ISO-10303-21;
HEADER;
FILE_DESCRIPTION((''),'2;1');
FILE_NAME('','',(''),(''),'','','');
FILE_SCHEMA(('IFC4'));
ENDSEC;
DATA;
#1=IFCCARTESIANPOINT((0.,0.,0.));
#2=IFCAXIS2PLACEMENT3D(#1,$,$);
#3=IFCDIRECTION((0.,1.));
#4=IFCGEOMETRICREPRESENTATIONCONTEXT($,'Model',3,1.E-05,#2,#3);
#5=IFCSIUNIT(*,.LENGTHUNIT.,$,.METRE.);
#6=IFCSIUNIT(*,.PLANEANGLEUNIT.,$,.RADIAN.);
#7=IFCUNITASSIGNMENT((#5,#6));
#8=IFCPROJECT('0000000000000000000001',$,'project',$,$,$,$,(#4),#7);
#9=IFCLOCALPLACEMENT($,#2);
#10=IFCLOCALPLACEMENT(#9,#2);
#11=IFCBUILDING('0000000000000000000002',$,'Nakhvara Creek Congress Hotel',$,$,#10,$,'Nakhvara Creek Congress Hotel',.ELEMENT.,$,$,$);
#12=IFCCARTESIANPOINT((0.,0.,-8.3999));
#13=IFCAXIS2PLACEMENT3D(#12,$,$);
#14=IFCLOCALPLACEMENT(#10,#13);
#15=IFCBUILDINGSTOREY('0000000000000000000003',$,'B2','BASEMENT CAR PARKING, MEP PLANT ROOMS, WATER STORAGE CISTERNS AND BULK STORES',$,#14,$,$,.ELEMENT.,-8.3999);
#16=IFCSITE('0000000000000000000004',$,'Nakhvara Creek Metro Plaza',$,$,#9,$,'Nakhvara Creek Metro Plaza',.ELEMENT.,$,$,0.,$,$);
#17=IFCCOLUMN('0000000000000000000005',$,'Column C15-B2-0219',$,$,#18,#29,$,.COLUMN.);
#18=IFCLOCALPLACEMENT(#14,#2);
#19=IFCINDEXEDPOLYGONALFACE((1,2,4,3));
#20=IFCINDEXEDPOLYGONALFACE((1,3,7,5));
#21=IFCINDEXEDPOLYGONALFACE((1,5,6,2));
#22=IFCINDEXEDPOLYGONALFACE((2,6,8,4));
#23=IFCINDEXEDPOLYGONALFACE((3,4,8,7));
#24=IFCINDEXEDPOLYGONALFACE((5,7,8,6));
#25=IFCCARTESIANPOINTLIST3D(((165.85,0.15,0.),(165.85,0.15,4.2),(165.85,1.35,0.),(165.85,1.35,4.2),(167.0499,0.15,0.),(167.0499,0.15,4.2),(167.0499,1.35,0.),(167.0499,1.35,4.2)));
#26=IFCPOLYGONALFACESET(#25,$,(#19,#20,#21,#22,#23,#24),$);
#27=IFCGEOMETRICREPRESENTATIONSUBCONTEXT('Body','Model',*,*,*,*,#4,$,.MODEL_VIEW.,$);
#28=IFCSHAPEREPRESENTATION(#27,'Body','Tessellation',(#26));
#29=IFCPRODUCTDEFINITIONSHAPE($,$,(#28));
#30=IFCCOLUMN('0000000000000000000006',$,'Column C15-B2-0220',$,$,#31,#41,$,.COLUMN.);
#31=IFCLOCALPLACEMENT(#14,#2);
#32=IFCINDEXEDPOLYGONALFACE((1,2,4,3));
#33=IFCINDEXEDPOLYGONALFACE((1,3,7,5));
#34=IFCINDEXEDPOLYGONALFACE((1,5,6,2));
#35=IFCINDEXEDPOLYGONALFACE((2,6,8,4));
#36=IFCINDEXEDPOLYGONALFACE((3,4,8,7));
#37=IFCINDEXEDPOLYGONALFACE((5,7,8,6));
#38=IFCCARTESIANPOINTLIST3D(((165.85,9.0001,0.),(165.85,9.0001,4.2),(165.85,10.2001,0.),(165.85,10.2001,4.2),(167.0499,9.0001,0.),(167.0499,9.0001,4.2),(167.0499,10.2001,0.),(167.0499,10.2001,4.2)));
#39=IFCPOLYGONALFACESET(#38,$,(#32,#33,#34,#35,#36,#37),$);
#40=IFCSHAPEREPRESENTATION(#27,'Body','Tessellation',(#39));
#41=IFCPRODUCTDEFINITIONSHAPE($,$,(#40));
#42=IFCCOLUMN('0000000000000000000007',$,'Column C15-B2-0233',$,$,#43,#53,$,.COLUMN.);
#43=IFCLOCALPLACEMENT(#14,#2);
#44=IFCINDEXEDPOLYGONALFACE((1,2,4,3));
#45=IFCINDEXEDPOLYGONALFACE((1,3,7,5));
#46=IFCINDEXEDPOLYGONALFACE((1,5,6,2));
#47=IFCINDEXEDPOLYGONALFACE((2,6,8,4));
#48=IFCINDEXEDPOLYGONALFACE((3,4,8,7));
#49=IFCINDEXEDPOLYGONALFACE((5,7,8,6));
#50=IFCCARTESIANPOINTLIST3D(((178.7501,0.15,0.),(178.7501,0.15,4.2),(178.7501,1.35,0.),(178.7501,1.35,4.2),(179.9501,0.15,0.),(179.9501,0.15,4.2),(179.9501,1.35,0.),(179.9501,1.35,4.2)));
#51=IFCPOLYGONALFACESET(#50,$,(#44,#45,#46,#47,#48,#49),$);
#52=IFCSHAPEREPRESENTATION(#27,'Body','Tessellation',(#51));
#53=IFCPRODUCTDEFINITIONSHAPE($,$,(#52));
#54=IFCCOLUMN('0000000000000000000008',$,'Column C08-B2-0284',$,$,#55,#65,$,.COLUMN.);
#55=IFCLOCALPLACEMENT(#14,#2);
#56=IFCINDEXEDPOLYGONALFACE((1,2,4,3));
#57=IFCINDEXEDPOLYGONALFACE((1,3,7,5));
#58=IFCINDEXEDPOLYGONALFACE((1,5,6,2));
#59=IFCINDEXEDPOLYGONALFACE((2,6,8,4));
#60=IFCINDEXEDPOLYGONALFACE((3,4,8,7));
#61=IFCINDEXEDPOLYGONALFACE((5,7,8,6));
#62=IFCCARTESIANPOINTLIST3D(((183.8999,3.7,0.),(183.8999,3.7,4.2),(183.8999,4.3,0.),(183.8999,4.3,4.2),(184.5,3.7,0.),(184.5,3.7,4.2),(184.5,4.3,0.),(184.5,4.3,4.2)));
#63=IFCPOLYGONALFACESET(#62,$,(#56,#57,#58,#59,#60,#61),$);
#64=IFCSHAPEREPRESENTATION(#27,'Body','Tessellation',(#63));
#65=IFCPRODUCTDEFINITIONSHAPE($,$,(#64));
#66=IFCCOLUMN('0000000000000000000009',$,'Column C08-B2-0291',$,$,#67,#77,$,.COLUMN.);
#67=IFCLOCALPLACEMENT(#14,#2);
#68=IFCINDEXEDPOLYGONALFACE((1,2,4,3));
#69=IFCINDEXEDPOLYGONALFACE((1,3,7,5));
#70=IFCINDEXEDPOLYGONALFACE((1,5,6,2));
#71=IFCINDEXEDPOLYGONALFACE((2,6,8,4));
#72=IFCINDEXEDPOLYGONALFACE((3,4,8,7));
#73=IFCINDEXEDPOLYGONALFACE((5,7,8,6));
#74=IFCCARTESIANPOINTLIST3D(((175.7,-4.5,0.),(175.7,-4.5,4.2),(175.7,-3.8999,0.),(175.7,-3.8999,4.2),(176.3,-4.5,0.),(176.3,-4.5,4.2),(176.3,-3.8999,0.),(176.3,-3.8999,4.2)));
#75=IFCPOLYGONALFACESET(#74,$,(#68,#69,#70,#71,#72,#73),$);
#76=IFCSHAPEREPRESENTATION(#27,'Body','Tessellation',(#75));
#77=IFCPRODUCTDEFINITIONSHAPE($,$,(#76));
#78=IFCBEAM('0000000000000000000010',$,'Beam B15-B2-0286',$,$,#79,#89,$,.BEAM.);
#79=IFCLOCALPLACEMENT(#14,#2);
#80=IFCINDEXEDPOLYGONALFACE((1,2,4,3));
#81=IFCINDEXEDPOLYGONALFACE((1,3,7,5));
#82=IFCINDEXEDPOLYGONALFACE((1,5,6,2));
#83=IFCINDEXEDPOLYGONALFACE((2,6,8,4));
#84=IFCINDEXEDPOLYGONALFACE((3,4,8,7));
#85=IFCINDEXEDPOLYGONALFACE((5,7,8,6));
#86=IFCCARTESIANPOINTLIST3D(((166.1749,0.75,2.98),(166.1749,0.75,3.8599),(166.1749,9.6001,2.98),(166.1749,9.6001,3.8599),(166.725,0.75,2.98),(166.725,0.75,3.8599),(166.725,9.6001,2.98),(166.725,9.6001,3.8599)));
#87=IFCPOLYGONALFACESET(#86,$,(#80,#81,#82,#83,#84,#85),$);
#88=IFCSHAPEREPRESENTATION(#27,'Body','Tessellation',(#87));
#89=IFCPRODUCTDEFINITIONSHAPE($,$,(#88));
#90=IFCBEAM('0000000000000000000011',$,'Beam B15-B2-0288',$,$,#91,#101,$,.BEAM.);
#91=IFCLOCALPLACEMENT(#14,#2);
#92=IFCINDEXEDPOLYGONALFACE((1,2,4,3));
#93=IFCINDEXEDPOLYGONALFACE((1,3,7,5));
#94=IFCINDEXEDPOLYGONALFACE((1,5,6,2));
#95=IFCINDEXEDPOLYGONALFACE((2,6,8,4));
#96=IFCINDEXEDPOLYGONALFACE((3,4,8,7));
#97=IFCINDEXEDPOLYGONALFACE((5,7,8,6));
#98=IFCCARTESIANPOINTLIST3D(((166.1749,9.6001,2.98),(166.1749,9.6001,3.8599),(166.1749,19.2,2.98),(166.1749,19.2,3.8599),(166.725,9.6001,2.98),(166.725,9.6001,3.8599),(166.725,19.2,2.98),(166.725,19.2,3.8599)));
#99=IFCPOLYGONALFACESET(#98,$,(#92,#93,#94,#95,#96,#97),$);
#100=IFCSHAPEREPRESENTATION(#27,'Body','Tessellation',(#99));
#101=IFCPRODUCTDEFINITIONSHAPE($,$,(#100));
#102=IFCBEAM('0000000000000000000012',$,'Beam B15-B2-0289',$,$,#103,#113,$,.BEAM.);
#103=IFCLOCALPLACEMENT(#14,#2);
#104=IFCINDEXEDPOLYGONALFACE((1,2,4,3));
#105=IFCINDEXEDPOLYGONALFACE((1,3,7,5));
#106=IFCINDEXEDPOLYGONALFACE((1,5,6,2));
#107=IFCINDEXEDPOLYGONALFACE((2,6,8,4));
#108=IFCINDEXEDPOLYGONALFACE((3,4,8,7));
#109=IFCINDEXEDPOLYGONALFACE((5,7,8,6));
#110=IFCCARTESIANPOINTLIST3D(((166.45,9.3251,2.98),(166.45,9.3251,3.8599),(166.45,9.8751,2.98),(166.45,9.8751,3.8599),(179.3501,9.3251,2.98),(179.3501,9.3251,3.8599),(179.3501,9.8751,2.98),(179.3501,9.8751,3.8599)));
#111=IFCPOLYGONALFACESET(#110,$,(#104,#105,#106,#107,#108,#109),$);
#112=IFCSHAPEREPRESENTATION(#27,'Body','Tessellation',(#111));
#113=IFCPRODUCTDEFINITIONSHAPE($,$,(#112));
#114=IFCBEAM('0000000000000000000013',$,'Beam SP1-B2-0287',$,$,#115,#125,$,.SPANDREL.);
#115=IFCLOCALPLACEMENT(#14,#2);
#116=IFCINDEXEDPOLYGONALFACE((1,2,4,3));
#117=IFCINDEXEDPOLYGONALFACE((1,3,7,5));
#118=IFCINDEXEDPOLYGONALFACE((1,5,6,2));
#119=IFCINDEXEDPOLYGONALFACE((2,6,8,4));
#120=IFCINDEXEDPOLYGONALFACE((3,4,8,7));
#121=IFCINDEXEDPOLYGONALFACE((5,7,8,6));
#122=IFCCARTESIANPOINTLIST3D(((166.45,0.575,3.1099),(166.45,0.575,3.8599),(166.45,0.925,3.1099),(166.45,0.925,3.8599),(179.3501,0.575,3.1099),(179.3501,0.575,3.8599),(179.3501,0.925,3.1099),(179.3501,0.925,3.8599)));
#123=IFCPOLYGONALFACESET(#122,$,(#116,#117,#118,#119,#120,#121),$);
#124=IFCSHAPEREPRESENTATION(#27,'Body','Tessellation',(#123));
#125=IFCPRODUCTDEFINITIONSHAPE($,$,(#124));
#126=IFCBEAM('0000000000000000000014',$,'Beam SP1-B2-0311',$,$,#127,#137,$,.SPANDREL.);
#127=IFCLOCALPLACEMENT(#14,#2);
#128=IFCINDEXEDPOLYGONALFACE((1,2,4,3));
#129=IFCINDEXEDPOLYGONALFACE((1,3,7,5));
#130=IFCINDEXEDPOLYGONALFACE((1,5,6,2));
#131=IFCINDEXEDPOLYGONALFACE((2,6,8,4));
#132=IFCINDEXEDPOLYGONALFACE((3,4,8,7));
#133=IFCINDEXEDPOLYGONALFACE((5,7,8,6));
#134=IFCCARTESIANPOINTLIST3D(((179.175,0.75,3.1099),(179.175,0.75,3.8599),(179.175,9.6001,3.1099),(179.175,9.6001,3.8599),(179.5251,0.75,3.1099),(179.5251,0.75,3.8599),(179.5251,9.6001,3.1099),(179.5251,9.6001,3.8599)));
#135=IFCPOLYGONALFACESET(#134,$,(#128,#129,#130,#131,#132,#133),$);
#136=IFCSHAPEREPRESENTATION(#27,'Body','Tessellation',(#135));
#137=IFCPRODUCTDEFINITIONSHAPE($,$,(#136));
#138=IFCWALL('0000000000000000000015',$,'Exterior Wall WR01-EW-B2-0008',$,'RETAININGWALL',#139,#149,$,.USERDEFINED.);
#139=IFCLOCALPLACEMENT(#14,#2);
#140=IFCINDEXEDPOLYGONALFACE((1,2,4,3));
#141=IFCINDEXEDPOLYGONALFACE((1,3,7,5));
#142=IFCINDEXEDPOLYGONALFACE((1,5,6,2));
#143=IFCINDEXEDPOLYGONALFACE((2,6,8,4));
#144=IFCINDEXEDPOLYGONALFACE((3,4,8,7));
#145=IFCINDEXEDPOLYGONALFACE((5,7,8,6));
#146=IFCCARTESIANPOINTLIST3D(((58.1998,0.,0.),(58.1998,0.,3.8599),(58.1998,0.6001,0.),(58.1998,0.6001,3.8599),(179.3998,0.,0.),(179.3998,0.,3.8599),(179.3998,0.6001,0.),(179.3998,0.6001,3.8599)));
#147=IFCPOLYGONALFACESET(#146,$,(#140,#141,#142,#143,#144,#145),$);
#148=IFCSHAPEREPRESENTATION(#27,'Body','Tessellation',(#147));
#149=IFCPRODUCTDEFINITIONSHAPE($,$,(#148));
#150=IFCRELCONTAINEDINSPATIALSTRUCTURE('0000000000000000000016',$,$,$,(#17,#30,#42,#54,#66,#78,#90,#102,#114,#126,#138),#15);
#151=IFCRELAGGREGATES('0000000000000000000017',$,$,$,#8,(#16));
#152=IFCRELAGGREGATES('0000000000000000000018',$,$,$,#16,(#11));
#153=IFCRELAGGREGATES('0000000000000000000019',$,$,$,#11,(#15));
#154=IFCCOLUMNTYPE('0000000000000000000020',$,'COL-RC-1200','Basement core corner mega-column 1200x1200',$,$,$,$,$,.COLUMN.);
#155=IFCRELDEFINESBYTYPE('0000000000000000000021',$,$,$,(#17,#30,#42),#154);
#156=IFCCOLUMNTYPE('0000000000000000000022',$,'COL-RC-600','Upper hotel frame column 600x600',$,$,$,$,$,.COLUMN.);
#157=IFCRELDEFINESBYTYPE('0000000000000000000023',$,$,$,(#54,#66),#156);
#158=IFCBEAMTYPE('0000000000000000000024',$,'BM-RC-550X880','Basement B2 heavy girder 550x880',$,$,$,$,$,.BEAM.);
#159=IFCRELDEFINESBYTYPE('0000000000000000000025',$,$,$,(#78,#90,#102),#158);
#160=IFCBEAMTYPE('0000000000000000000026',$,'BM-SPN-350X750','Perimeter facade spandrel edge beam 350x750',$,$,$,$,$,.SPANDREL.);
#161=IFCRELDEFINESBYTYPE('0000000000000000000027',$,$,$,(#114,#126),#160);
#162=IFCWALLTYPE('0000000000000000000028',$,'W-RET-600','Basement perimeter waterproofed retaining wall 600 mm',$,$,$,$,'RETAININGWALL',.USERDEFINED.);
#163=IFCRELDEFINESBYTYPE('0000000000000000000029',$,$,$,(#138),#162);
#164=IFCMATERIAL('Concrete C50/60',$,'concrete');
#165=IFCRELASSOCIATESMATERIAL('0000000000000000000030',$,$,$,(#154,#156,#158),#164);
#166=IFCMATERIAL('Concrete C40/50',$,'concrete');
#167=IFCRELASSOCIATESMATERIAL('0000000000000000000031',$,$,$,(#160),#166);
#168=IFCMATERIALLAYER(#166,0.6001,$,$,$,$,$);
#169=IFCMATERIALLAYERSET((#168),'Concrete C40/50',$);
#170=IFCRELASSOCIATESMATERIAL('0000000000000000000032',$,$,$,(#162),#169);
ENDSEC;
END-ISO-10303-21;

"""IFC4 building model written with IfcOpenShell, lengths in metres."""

from ifc_helpers import new_model, si_unit, direction, frame, frame_2d, origin, origin_2d, place, context, subcontext, project, spatial, rectangle, extrude, material, layer, layer_set, material_profile, profile_set, type_object, element, save


model = new_model("IFC4")

# Units and contexts
model_context = context("Model", 3, precision=1e-05, world=origin(), true_north=direction((0.0, 1.0)))
body_context = subcontext(model_context, "Body", "Model", "MODEL_VIEW")
ifc_project = project(units=[si_unit("LENGTHUNIT", "METRE"), si_unit("PLANEANGLEUNIT", "RADIAN")], contexts=[model_context])

# Site, building, storey
site_placement = place(None, origin())
site = spatial("IfcSite", under=ifc_project, at=site_placement, Name="Nakhvara Creek Metro Plaza", LongName="Nakhvara Creek Metro Plaza", CompositionType="ELEMENT", RefElevation=0.0)
building_placement = place(site_placement, origin())
building = spatial("IfcBuilding", under=site, at=building_placement, Name="Nakhvara Creek Congress Hotel", LongName="Nakhvara Creek Congress Hotel", CompositionType="ELEMENT")
storey_placement = place(building_placement, frame((0.0, 0.0, -8.3999)))
storey = spatial("IfcBuildingStorey", under=building, at=storey_placement, Name="B2", Description="BASEMENT CAR PARKING, MEP PLANT ROOMS, WATER STORAGE CISTERNS AND BULK STORES", CompositionType="ELEMENT", Elevation=-8.3999)

# Shared definitions
ifc_material_1 = material(Name="Concrete C40/50", Category="concrete")

# Columns
ifc_material_2 = material(Name="Concrete C50/60", Category="concrete")
ifc_material_profile_1 = material_profile(ifc_material_2, rectangle(XDim=1.2, YDim=1.2, at=origin_2d()), Name="RC-COL 1200x1200", Category="LoadBearing")
ifc_profile_set_1 = profile_set([ifc_material_profile_1], Name="Concrete C50/60")
column_type_1 = type_object("IfcColumnType", Name="COL-RC-1200", Description="Basement core corner mega-column 1200x1200", PredefinedType="COLUMN", material=ifc_profile_set_1)
for number, where, z_axis, x_axis, name in (
    (1, (166.45, 0.75, 0.0), (0.0, 0.0, 1.0), (1.0, 0.0, 0.0), "Column C15-B2-0219"),
    (2, (166.45, 9.6001, 0.0), (0.0, 0.0, 1.0), (1.0, 0.0, 0.0), "Column C15-B2-0220"),
    (3, (179.3501, 0.75, 0.0), (0.0, 0.0, 1.0), (1.0, 0.0, 0.0), "Column C15-B2-0233"),
):
    element("IfcColumn", number, at=place(storey_placement, frame(where, z_axis=z_axis, x_axis=x_axis)), inside=storey, type_object=column_type_1, Name=name, PredefinedType="COLUMN", context=body_context, shape_type="SweptSolid", body=[
        extrude(rectangle(XDim=1.2, YDim=1.2, at=origin_2d()), origin(), (0.0, 0.0, 1.0), 4.2),
    ])
ifc_material_profile_2 = material_profile(ifc_material_2, rectangle(XDim=0.6001, YDim=0.6001, at=origin_2d()), Name="RC-COL 600x600", Category="LoadBearing")
ifc_profile_set_2 = profile_set([ifc_material_profile_2], Name="Concrete C50/60")
column_type_2 = type_object("IfcColumnType", Name="COL-RC-600", Description="Upper hotel frame column 600x600", PredefinedType="COLUMN", material=ifc_profile_set_2)
for number, where, z_axis, x_axis, name in (
    (4, (184.2, 4.0, 0.0), (0.0, 0.0, 1.0), (1.0, 0.0, 0.0), "Column C08-B2-0284"),
    (5, (176.0, -4.2, 0.0), (0.0, 0.0, 1.0), (1.0, 0.0, 0.0), "Column C08-B2-0291"),
):
    element("IfcColumn", number, at=place(storey_placement, frame(where, z_axis=z_axis, x_axis=x_axis)), inside=storey, type_object=column_type_2, Name=name, PredefinedType="COLUMN", context=body_context, shape_type="SweptSolid", body=[
        extrude(rectangle(XDim=0.6001, YDim=0.6001, at=origin_2d()), origin(), (0.0, 0.0, 1.0), 4.2),
    ])

# Beams
ifc_material_profile_3 = material_profile(ifc_material_2, rectangle(XDim=0.55, YDim=0.8799, at=origin_2d()), Name="RC-BM 550x880", Category="LoadBearing")
ifc_profile_set_3 = profile_set([ifc_material_profile_3], Name="Concrete C50/60")
beam_type_1 = type_object("IfcBeamType", Name="BM-RC-550X880", Description="Basement B2 heavy girder 550x880", PredefinedType="BEAM", material=ifc_profile_set_3)
beam_1_placement = place(storey_placement, frame((166.45, 0.75, 3.4199), z_axis=(0.0, 1.0, 0.0), x_axis=(-1.0, 0.0, 0.0)))
element("IfcBeam", 6, at=beam_1_placement, inside=storey, type_object=beam_type_1, Name="Beam B15-B2-0286", PredefinedType="BEAM", context=body_context, shape_type="SweptSolid", body=[
    extrude(rectangle(XDim=0.55, YDim=0.8799, at=origin_2d()), origin(), (0.0, 0.0, 1.0), 8.8501),
])
beam_2_placement = place(storey_placement, frame((166.45, 9.6001, 3.4199), z_axis=(0.0, 1.0, 0.0), x_axis=(-1.0, 0.0, 0.0)))
element("IfcBeam", 7, at=beam_2_placement, inside=storey, type_object=beam_type_1, Name="Beam B15-B2-0288", PredefinedType="BEAM", context=body_context, shape_type="SweptSolid", body=[
    extrude(rectangle(XDim=0.55, YDim=0.8799, at=origin_2d()), origin(), (0.0, 0.0, 1.0), 9.5999),
])
beam_3_placement = place(storey_placement, frame((166.45, 9.6001, 3.4199), z_axis=(1.0, 0.0, 0.0), x_axis=(0.0, 1.0, 0.0)))
element("IfcBeam", 8, at=beam_3_placement, inside=storey, type_object=beam_type_1, Name="Beam B15-B2-0289", PredefinedType="BEAM", context=body_context, shape_type="SweptSolid", body=[
    extrude(rectangle(XDim=0.55, YDim=0.8799, at=origin_2d()), origin(), (0.0, 0.0, 1.0), 12.9001),
])
ifc_material_profile_4 = material_profile(ifc_material_1, rectangle(XDim=0.3501, YDim=0.75, at=origin_2d()), Name="RC-SPANDREL 350x750", Category="LoadBearing")
ifc_profile_set_4 = profile_set([ifc_material_profile_4], Name="Concrete C40/50")
beam_type_2 = type_object("IfcBeamType", Name="BM-SPN-350X750", Description="Perimeter facade spandrel edge beam 350x750", PredefinedType="SPANDREL", material=ifc_profile_set_4)
beam_4_placement = place(storey_placement, frame((166.45, 0.75, 3.4849), z_axis=(1.0, 0.0, 0.0), x_axis=(0.0, 1.0, 0.0)))
element("IfcBeam", 9, at=beam_4_placement, inside=storey, type_object=beam_type_2, Name="Beam SP1-B2-0287", PredefinedType="SPANDREL", context=body_context, shape_type="SweptSolid", body=[
    extrude(rectangle(XDim=0.3501, YDim=0.75, at=origin_2d()), origin(), (0.0, 0.0, 1.0), 12.9001),
])
beam_5_placement = place(storey_placement, frame((179.3501, 0.75, 3.4849), z_axis=(0.0, 1.0, 0.0), x_axis=(-1.0, 0.0, 0.0)))
element("IfcBeam", 10, at=beam_5_placement, inside=storey, type_object=beam_type_2, Name="Beam SP1-B2-0311", PredefinedType="SPANDREL", context=body_context, shape_type="SweptSolid", body=[
    extrude(rectangle(XDim=0.3501, YDim=0.75, at=origin_2d()), origin(), (0.0, 0.0, 1.0), 8.8501),
])

# Wall
ifc_layer = layer(ifc_material_1, 0.6001)
ifc_layer_set = layer_set([ifc_layer], Name="Concrete C40/50")
wall_type = type_object("IfcWallType", Name="W-RET-600", Description="Basement perimeter waterproofed retaining wall 600 mm", ElementType="RETAININGWALL", PredefinedType="USERDEFINED", material=ifc_layer_set)
wall_placement = place(storey_placement, frame((179.3999, 0.3, 0.0), z_axis=(0.0, 0.0, 1.0), x_axis=(-1.0, 0.0, 0.0)))
element("IfcWall", 11, at=wall_placement, inside=storey, type_object=wall_type, Name="Exterior Wall WR01-EW-B2-0008", ObjectType="RETAININGWALL", PredefinedType="USERDEFINED", context=body_context, shape_type="SweptSolid", body=[
    extrude(rectangle(XDim=121.2, YDim=0.6001, at=frame_2d((60.6001, 0.0))), origin(), (0.0, 0.0, 1.0), 3.8599),
])

save(model, "model.ifc")
